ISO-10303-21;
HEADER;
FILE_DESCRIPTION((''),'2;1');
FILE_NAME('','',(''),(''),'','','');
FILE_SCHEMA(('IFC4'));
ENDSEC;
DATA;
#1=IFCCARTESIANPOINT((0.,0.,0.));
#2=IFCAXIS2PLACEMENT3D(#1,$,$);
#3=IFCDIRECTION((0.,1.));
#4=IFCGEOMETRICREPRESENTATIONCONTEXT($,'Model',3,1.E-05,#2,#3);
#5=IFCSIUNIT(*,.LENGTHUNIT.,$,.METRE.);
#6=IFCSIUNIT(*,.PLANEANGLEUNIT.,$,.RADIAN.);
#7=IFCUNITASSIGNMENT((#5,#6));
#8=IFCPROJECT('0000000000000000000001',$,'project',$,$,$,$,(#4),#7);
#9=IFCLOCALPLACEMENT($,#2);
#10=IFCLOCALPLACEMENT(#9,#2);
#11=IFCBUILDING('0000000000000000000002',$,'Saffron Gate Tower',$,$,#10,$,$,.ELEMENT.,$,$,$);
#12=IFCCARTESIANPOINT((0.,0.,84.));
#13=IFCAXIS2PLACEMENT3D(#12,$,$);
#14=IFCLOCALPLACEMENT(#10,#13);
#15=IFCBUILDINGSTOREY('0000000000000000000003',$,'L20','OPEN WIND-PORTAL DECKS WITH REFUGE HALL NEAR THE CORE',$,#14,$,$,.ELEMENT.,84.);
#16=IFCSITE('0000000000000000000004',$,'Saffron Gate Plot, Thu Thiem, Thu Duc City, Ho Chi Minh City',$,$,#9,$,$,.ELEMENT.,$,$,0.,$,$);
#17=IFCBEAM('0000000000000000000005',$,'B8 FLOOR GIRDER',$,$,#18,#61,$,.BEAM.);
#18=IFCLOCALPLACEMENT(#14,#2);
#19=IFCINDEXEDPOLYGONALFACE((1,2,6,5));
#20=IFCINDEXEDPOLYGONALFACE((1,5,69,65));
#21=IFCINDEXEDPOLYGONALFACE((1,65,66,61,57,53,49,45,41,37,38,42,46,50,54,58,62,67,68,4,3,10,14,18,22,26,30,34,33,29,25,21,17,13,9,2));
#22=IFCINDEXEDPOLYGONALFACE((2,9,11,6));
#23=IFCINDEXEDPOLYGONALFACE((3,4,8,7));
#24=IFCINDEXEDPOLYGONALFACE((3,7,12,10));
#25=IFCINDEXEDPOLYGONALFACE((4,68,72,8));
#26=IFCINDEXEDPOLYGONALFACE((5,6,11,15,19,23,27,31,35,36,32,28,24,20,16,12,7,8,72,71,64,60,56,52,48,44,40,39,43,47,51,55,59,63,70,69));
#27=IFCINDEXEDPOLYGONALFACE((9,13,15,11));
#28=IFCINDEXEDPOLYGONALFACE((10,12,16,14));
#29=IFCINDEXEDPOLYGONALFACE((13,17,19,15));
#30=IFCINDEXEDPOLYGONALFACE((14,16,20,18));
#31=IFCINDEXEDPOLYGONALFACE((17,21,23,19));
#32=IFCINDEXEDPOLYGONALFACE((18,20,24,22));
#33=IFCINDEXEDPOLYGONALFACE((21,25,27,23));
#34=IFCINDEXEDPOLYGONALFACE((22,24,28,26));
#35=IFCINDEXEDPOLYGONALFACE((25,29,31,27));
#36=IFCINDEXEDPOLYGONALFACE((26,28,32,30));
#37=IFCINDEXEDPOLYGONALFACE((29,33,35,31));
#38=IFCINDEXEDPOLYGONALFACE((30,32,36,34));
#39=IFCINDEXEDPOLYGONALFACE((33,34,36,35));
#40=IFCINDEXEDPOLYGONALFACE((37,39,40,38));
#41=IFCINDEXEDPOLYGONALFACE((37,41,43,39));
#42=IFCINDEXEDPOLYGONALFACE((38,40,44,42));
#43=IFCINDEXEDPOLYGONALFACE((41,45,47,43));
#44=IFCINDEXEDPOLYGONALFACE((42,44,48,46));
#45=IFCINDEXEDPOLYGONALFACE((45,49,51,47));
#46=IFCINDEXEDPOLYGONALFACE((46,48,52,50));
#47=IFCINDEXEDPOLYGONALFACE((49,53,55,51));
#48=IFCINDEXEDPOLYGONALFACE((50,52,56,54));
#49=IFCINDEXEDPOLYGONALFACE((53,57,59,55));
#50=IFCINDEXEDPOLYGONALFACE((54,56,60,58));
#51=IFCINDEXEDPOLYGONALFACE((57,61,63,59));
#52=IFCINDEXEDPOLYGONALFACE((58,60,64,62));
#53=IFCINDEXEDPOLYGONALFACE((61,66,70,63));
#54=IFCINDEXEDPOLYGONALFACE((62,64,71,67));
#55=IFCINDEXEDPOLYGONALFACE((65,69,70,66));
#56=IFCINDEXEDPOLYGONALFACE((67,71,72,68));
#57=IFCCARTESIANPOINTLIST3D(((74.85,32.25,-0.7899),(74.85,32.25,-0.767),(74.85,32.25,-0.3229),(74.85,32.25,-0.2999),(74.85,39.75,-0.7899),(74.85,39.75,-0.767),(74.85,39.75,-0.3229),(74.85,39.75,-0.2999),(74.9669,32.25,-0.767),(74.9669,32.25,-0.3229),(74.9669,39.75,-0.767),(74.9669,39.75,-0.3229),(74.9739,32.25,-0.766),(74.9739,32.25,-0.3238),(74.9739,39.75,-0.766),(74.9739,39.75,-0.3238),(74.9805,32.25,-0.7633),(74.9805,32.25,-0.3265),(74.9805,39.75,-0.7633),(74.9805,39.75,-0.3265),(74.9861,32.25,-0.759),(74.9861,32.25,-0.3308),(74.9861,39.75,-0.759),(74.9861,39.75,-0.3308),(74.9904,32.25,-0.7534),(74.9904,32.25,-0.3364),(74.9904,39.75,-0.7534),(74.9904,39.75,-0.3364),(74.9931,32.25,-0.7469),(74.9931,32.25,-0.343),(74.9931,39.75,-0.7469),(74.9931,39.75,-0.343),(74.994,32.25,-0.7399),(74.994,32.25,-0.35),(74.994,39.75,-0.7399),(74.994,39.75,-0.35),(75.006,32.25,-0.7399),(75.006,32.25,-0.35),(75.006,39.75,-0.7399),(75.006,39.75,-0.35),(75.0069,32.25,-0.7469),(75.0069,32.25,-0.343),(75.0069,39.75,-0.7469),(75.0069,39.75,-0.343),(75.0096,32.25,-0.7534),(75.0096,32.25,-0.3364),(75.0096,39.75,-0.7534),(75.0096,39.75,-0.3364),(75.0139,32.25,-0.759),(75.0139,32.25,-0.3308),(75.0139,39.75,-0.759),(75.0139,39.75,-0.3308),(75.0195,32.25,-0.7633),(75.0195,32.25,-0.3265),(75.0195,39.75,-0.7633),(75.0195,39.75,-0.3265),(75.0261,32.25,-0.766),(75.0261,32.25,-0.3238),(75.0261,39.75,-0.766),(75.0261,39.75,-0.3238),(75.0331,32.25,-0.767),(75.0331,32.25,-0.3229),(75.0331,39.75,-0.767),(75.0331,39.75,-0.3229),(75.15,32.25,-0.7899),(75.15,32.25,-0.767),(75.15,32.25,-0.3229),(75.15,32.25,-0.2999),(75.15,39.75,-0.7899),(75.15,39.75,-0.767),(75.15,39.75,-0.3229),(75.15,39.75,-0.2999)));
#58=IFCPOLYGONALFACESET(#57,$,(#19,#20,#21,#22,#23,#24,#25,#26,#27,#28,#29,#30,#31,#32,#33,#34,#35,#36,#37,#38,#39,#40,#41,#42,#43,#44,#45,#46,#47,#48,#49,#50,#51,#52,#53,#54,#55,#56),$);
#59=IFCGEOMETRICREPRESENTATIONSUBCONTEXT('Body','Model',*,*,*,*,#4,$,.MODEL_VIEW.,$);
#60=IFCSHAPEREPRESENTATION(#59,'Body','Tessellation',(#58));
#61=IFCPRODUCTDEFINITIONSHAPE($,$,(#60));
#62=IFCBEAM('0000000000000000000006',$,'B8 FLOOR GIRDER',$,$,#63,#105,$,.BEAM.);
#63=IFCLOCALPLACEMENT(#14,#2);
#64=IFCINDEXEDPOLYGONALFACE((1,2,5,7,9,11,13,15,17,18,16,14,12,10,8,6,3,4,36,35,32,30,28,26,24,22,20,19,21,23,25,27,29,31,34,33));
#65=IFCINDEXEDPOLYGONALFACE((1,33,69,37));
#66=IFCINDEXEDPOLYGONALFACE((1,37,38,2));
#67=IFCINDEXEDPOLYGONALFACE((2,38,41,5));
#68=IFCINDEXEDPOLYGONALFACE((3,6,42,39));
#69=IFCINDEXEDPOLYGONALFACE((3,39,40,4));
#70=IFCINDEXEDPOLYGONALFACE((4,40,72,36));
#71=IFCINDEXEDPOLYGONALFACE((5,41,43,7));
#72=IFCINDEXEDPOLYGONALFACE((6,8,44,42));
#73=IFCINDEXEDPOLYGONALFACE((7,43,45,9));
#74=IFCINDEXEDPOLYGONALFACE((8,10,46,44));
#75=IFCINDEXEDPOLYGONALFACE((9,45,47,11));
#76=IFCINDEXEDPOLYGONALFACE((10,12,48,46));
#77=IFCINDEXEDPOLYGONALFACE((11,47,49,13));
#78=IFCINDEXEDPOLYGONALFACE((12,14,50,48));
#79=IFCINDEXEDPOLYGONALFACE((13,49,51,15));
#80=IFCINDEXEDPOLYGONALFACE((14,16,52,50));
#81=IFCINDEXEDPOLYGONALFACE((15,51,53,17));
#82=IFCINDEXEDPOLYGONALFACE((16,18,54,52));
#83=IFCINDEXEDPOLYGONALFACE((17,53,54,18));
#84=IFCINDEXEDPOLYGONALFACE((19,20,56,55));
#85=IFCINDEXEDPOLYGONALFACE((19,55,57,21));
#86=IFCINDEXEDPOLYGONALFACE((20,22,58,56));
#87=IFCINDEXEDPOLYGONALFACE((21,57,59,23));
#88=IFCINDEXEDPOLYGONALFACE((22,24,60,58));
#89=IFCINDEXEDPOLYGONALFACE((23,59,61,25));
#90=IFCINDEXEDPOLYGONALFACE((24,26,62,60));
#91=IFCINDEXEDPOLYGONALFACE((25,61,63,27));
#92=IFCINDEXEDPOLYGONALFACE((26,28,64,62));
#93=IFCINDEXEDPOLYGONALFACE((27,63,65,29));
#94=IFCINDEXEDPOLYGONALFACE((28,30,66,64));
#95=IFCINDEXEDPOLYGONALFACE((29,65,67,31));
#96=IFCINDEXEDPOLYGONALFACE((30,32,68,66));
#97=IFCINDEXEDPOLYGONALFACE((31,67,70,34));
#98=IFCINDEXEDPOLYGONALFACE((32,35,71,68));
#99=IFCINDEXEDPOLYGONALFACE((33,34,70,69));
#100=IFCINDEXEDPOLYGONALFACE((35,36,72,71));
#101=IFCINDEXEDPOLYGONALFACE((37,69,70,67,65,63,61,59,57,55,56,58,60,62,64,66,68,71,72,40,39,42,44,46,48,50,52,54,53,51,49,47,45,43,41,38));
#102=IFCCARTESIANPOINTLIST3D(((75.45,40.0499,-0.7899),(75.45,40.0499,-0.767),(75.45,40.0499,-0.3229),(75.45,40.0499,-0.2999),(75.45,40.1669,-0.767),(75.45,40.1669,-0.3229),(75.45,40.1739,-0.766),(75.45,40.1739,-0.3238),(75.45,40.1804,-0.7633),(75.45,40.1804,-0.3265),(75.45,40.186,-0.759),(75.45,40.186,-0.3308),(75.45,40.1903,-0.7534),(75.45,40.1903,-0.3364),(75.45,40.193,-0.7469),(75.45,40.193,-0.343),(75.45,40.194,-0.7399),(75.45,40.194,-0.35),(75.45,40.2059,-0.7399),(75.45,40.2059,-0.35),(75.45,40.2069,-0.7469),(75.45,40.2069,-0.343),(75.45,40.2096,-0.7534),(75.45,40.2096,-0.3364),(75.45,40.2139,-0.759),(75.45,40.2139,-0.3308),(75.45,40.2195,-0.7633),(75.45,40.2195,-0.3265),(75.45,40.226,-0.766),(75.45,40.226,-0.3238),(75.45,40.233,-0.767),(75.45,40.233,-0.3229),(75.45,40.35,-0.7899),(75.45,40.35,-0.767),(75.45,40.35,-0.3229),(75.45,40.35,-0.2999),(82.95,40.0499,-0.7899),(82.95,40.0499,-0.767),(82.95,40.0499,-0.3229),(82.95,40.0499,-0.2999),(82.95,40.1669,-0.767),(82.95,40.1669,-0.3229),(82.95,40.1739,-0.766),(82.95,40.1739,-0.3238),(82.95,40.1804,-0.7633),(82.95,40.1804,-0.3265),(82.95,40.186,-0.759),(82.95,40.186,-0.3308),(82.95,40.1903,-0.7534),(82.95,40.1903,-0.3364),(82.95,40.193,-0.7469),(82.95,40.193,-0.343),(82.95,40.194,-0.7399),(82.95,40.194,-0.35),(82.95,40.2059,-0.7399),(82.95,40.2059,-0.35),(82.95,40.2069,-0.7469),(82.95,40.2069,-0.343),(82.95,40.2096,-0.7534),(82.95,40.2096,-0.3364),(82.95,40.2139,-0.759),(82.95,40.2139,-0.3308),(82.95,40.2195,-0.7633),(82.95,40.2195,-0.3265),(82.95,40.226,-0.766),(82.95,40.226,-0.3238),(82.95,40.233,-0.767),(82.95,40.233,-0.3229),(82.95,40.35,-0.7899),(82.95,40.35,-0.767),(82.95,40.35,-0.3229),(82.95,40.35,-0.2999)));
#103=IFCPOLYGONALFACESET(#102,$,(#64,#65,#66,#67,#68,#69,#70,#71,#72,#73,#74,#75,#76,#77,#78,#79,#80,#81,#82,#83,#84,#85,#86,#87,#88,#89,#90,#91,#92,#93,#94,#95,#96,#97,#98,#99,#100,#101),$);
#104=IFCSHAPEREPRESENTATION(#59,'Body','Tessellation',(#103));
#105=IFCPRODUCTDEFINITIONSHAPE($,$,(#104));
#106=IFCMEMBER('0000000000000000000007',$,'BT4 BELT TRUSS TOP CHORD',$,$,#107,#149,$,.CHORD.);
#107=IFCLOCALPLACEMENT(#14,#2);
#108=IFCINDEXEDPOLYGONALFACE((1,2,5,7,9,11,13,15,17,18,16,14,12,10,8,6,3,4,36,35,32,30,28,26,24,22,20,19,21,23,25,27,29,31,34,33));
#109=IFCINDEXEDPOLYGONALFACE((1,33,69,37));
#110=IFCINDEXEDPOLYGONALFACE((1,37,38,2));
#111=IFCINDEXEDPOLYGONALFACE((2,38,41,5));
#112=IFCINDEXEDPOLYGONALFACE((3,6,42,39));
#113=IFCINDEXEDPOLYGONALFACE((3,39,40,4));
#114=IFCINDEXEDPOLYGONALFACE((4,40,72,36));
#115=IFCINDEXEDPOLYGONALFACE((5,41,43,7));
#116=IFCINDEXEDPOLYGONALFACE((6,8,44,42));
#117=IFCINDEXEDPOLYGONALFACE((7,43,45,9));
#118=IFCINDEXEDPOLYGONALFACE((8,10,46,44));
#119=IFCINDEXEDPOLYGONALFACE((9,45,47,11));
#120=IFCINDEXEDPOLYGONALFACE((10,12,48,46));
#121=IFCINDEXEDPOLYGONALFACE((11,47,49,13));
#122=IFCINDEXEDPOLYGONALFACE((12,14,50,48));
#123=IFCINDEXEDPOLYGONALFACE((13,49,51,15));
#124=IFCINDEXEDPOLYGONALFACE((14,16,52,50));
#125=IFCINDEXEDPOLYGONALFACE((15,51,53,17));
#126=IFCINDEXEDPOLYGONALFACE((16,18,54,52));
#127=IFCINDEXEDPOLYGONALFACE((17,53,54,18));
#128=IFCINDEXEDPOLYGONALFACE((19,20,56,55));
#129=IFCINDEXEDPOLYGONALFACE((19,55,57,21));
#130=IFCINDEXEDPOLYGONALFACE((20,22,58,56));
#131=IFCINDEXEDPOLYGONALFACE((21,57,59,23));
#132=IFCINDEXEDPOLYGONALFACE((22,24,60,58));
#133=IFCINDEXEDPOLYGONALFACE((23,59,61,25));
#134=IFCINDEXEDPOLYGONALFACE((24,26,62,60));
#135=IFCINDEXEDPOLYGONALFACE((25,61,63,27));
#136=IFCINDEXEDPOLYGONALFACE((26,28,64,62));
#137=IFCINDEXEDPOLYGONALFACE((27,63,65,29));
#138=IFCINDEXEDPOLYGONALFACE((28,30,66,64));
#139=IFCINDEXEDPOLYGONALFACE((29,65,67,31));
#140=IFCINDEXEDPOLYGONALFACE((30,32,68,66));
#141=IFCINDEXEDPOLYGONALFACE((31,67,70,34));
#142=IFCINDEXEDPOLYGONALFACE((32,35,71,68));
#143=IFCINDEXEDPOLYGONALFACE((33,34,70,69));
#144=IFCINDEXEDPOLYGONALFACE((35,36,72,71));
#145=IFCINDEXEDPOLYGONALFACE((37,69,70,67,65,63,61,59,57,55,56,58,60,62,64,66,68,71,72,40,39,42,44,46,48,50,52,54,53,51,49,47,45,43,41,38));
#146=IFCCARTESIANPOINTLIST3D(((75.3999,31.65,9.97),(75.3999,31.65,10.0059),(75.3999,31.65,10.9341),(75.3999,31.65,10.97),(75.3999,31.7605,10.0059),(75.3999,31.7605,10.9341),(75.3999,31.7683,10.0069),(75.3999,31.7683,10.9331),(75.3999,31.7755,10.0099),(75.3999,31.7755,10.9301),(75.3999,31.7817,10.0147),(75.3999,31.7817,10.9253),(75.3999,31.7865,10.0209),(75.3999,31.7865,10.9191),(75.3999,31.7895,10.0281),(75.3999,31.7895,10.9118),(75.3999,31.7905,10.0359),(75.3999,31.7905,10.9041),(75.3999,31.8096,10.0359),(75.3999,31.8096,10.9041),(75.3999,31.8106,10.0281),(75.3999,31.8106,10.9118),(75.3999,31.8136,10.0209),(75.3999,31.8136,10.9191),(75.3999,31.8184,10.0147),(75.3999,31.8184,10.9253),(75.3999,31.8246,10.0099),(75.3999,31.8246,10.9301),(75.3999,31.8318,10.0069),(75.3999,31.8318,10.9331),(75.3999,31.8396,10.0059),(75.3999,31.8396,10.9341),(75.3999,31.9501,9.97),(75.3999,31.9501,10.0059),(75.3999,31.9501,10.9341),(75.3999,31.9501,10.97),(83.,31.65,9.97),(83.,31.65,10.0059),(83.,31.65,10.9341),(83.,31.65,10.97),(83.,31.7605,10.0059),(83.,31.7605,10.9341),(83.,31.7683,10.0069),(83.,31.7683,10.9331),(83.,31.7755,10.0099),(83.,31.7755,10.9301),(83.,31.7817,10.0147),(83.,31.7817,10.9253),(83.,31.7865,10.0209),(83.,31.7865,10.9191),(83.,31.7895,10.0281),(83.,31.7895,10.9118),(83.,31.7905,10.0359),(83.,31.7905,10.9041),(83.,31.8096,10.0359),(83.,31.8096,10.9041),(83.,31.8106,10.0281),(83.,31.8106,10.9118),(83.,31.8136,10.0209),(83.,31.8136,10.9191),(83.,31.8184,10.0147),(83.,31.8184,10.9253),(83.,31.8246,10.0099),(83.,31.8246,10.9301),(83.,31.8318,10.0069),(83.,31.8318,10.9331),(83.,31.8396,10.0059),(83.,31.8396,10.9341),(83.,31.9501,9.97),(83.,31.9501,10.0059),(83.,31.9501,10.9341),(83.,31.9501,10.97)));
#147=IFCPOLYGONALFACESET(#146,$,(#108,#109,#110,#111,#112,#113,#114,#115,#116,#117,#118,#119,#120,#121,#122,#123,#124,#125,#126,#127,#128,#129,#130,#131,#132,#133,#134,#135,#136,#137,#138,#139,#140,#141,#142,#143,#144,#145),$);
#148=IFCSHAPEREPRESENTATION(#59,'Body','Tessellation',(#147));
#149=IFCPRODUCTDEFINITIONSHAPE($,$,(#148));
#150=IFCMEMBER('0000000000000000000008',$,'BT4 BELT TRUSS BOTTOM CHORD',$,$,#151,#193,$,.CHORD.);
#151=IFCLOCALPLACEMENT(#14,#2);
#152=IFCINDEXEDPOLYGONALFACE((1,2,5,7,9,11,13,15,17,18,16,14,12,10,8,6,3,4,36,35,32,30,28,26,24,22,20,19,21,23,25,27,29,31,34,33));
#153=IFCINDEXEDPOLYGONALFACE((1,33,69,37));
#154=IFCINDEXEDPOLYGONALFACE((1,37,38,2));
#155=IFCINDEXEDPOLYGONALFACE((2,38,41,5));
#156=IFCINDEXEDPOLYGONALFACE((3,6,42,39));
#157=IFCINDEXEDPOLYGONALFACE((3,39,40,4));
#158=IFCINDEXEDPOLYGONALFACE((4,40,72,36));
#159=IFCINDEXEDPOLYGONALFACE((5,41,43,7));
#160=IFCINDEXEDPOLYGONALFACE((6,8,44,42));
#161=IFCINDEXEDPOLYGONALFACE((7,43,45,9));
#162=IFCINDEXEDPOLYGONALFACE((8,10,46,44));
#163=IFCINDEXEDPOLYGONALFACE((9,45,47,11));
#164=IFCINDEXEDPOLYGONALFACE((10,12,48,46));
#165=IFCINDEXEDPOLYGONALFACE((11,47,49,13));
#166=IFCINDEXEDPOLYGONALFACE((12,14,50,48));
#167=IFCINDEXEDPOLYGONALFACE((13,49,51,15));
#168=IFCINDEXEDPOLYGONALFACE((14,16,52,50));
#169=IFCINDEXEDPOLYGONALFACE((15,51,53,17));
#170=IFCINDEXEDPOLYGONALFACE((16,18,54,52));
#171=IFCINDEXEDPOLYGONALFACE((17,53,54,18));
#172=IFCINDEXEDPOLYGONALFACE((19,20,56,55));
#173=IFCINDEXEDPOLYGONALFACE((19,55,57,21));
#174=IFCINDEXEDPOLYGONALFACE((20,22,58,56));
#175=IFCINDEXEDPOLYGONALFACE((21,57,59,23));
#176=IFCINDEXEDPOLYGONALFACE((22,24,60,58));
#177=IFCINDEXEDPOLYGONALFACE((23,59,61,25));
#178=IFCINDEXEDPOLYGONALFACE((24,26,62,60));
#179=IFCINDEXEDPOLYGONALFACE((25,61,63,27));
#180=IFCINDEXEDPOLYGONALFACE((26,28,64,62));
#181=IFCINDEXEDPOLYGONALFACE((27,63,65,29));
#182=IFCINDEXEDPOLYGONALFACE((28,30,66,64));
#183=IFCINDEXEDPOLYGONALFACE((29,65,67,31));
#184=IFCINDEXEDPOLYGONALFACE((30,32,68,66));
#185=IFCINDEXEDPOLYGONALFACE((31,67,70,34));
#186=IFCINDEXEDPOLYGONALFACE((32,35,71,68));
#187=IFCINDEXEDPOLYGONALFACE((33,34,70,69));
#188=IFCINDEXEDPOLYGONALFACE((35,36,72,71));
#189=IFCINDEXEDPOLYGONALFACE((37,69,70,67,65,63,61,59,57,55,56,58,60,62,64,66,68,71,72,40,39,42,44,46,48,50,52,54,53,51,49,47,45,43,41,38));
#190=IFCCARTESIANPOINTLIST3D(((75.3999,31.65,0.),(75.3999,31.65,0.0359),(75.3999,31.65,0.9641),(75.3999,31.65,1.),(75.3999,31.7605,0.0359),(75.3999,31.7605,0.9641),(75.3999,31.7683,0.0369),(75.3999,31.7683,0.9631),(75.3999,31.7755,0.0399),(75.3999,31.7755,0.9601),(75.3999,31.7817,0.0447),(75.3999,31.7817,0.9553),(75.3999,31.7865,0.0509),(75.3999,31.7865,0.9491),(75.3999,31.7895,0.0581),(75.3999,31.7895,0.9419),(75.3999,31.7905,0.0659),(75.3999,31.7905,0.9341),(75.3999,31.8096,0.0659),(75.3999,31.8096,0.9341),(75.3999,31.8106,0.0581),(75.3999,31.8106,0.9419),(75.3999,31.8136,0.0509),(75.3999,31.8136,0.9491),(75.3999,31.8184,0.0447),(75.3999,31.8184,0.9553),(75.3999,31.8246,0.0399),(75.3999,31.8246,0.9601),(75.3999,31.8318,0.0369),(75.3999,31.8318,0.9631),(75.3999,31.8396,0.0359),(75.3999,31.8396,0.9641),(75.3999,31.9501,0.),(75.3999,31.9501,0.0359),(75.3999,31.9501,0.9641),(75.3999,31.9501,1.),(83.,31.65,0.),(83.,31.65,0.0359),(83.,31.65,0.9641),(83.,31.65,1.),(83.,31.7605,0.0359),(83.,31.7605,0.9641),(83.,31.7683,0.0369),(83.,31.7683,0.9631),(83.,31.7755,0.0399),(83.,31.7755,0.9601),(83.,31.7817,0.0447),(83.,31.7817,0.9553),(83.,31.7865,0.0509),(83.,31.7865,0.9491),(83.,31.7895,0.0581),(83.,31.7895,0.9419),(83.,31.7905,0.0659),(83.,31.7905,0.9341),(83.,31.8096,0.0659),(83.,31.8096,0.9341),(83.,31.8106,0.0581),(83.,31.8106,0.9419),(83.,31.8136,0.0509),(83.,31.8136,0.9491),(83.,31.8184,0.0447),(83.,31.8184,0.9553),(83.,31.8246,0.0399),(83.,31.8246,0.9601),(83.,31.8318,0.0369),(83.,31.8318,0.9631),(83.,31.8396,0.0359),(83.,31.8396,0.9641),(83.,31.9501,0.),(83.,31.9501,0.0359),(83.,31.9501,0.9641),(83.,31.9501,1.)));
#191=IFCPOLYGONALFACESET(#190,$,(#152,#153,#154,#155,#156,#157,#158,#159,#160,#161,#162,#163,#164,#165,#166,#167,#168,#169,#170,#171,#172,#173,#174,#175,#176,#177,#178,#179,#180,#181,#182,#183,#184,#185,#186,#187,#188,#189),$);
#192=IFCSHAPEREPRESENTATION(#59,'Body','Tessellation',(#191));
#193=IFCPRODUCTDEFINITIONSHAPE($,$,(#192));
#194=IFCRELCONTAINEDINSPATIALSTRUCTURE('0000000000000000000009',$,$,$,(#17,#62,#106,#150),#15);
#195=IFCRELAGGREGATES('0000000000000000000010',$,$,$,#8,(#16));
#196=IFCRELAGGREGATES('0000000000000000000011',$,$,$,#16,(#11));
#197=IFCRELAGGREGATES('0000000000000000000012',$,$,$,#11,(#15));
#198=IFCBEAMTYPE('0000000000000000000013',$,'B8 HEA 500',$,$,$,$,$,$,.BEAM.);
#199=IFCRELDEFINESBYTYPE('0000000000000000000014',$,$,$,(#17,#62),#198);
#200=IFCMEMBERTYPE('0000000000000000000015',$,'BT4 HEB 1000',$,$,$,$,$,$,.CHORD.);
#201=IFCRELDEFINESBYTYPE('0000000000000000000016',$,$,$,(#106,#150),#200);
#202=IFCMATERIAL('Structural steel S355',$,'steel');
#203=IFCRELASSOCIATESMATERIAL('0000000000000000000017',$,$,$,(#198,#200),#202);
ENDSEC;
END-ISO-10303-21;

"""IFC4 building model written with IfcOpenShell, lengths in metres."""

from ifc_helpers import new_model, si_unit, direction, frame, origin, origin_2d, place, context, subcontext, project, spatial, i_section, extrude, material, material_profile, profile_set, type_object, element, save


model = new_model("IFC4")

# Units and contexts
model_context = context("Model", 3, precision=1e-05, world=origin(), true_north=direction((0.0, 1.0)))
body_context = subcontext(model_context, "Body", "Model", "MODEL_VIEW")
ifc_project = project(units=[si_unit("LENGTHUNIT", "METRE"), si_unit("PLANEANGLEUNIT", "RADIAN")], contexts=[model_context])

# Site, building, storey
site_placement = place(None, origin())
site = spatial("IfcSite", under=ifc_project, at=site_placement, Name="Saffron Gate Plot, Thu Thiem, Thu Duc City, Ho Chi Minh City", CompositionType="ELEMENT", RefElevation=0.0)
building_placement = place(site_placement, origin())
building = spatial("IfcBuilding", under=site, at=building_placement, Name="Saffron Gate Tower", CompositionType="ELEMENT")
storey_placement = place(building_placement, frame((0.0, 0.0, 84.0)))
storey = spatial("IfcBuildingStorey", under=building, at=storey_placement, Name="L20", Description="OPEN WIND-PORTAL DECKS WITH REFUGE HALL NEAR THE CORE", CompositionType="ELEMENT", Elevation=84.0)

# Beams
ifc_material_1 = material(Name="Structural steel S355", Category="steel")
ifc_material_profile_1 = material_profile(ifc_material_1, i_section(OverallWidth=0.3, OverallDepth=0.49, WebThickness=0.012, FlangeThickness=0.0229, FilletRadius=0.0271, at=origin_2d()))
ifc_profile_set_1 = profile_set([ifc_material_profile_1], Name="Structural steel S355")
beam_type_1 = type_object("IfcBeamType", Name="B8 HEA 500", PredefinedType="BEAM", material=ifc_profile_set_1)
for number, where, z_axis, x_axis, name in (
    (1, (75.0, 32.25, -0.5449), (0.0, 1.0, 0.0), (-1.0, 0.0, 0.0), "B8 FLOOR GIRDER"),
    (2, (75.45, 40.2, -0.5449), (1.0, 0.0, 0.0), (0.0, 1.0, 0.0), "B8 FLOOR GIRDER"),
):
    element("IfcBeam", number, at=place(storey_placement, frame(where, z_axis=z_axis, x_axis=x_axis)), inside=storey, type_object=beam_type_1, Name=name, PredefinedType="BEAM", context=body_context, shape_type="SweptSolid", body=[
        extrude(i_section(OverallWidth=0.3, OverallDepth=0.49, WebThickness=0.012, FlangeThickness=0.0229, FilletRadius=0.0271, at=origin_2d()), origin(), (0.0, 0.0, 1.0), 7.5),
    ])

# Members
ifc_material_profile_2 = material_profile(ifc_material_1, i_section(OverallWidth=0.3, OverallDepth=1.0, WebThickness=0.019, FlangeThickness=0.0359, FilletRadius=0.03, at=origin_2d()))
ifc_profile_set_2 = profile_set([ifc_material_profile_2], Name="Structural steel S355")
member_type_1 = type_object("IfcMemberType", Name="BT4 HEB 1000", PredefinedType="CHORD", material=ifc_profile_set_2)
for number, where, z_axis, x_axis, name in (
    (3, (75.3999, 31.8, 10.47), (1.0, 0.0, 0.0), (0.0, 1.0, 0.0), "BT4 BELT TRUSS TOP CHORD"),
    (4, (75.3999, 31.8, 0.5), (1.0, 0.0, 0.0), (0.0, 1.0, 0.0), "BT4 BELT TRUSS BOTTOM CHORD"),
):
    element("IfcMember", number, at=place(storey_placement, frame(where, z_axis=z_axis, x_axis=x_axis)), inside=storey, type_object=member_type_1, Name=name, PredefinedType="CHORD", context=body_context, shape_type="SweptSolid", body=[
        extrude(i_section(OverallWidth=0.3, OverallDepth=1.0, WebThickness=0.019, FlangeThickness=0.0359, FilletRadius=0.03, at=origin_2d()), origin(), (0.0, 0.0, 1.0), 7.6001),
    ])

save(model, "model.ifc")
